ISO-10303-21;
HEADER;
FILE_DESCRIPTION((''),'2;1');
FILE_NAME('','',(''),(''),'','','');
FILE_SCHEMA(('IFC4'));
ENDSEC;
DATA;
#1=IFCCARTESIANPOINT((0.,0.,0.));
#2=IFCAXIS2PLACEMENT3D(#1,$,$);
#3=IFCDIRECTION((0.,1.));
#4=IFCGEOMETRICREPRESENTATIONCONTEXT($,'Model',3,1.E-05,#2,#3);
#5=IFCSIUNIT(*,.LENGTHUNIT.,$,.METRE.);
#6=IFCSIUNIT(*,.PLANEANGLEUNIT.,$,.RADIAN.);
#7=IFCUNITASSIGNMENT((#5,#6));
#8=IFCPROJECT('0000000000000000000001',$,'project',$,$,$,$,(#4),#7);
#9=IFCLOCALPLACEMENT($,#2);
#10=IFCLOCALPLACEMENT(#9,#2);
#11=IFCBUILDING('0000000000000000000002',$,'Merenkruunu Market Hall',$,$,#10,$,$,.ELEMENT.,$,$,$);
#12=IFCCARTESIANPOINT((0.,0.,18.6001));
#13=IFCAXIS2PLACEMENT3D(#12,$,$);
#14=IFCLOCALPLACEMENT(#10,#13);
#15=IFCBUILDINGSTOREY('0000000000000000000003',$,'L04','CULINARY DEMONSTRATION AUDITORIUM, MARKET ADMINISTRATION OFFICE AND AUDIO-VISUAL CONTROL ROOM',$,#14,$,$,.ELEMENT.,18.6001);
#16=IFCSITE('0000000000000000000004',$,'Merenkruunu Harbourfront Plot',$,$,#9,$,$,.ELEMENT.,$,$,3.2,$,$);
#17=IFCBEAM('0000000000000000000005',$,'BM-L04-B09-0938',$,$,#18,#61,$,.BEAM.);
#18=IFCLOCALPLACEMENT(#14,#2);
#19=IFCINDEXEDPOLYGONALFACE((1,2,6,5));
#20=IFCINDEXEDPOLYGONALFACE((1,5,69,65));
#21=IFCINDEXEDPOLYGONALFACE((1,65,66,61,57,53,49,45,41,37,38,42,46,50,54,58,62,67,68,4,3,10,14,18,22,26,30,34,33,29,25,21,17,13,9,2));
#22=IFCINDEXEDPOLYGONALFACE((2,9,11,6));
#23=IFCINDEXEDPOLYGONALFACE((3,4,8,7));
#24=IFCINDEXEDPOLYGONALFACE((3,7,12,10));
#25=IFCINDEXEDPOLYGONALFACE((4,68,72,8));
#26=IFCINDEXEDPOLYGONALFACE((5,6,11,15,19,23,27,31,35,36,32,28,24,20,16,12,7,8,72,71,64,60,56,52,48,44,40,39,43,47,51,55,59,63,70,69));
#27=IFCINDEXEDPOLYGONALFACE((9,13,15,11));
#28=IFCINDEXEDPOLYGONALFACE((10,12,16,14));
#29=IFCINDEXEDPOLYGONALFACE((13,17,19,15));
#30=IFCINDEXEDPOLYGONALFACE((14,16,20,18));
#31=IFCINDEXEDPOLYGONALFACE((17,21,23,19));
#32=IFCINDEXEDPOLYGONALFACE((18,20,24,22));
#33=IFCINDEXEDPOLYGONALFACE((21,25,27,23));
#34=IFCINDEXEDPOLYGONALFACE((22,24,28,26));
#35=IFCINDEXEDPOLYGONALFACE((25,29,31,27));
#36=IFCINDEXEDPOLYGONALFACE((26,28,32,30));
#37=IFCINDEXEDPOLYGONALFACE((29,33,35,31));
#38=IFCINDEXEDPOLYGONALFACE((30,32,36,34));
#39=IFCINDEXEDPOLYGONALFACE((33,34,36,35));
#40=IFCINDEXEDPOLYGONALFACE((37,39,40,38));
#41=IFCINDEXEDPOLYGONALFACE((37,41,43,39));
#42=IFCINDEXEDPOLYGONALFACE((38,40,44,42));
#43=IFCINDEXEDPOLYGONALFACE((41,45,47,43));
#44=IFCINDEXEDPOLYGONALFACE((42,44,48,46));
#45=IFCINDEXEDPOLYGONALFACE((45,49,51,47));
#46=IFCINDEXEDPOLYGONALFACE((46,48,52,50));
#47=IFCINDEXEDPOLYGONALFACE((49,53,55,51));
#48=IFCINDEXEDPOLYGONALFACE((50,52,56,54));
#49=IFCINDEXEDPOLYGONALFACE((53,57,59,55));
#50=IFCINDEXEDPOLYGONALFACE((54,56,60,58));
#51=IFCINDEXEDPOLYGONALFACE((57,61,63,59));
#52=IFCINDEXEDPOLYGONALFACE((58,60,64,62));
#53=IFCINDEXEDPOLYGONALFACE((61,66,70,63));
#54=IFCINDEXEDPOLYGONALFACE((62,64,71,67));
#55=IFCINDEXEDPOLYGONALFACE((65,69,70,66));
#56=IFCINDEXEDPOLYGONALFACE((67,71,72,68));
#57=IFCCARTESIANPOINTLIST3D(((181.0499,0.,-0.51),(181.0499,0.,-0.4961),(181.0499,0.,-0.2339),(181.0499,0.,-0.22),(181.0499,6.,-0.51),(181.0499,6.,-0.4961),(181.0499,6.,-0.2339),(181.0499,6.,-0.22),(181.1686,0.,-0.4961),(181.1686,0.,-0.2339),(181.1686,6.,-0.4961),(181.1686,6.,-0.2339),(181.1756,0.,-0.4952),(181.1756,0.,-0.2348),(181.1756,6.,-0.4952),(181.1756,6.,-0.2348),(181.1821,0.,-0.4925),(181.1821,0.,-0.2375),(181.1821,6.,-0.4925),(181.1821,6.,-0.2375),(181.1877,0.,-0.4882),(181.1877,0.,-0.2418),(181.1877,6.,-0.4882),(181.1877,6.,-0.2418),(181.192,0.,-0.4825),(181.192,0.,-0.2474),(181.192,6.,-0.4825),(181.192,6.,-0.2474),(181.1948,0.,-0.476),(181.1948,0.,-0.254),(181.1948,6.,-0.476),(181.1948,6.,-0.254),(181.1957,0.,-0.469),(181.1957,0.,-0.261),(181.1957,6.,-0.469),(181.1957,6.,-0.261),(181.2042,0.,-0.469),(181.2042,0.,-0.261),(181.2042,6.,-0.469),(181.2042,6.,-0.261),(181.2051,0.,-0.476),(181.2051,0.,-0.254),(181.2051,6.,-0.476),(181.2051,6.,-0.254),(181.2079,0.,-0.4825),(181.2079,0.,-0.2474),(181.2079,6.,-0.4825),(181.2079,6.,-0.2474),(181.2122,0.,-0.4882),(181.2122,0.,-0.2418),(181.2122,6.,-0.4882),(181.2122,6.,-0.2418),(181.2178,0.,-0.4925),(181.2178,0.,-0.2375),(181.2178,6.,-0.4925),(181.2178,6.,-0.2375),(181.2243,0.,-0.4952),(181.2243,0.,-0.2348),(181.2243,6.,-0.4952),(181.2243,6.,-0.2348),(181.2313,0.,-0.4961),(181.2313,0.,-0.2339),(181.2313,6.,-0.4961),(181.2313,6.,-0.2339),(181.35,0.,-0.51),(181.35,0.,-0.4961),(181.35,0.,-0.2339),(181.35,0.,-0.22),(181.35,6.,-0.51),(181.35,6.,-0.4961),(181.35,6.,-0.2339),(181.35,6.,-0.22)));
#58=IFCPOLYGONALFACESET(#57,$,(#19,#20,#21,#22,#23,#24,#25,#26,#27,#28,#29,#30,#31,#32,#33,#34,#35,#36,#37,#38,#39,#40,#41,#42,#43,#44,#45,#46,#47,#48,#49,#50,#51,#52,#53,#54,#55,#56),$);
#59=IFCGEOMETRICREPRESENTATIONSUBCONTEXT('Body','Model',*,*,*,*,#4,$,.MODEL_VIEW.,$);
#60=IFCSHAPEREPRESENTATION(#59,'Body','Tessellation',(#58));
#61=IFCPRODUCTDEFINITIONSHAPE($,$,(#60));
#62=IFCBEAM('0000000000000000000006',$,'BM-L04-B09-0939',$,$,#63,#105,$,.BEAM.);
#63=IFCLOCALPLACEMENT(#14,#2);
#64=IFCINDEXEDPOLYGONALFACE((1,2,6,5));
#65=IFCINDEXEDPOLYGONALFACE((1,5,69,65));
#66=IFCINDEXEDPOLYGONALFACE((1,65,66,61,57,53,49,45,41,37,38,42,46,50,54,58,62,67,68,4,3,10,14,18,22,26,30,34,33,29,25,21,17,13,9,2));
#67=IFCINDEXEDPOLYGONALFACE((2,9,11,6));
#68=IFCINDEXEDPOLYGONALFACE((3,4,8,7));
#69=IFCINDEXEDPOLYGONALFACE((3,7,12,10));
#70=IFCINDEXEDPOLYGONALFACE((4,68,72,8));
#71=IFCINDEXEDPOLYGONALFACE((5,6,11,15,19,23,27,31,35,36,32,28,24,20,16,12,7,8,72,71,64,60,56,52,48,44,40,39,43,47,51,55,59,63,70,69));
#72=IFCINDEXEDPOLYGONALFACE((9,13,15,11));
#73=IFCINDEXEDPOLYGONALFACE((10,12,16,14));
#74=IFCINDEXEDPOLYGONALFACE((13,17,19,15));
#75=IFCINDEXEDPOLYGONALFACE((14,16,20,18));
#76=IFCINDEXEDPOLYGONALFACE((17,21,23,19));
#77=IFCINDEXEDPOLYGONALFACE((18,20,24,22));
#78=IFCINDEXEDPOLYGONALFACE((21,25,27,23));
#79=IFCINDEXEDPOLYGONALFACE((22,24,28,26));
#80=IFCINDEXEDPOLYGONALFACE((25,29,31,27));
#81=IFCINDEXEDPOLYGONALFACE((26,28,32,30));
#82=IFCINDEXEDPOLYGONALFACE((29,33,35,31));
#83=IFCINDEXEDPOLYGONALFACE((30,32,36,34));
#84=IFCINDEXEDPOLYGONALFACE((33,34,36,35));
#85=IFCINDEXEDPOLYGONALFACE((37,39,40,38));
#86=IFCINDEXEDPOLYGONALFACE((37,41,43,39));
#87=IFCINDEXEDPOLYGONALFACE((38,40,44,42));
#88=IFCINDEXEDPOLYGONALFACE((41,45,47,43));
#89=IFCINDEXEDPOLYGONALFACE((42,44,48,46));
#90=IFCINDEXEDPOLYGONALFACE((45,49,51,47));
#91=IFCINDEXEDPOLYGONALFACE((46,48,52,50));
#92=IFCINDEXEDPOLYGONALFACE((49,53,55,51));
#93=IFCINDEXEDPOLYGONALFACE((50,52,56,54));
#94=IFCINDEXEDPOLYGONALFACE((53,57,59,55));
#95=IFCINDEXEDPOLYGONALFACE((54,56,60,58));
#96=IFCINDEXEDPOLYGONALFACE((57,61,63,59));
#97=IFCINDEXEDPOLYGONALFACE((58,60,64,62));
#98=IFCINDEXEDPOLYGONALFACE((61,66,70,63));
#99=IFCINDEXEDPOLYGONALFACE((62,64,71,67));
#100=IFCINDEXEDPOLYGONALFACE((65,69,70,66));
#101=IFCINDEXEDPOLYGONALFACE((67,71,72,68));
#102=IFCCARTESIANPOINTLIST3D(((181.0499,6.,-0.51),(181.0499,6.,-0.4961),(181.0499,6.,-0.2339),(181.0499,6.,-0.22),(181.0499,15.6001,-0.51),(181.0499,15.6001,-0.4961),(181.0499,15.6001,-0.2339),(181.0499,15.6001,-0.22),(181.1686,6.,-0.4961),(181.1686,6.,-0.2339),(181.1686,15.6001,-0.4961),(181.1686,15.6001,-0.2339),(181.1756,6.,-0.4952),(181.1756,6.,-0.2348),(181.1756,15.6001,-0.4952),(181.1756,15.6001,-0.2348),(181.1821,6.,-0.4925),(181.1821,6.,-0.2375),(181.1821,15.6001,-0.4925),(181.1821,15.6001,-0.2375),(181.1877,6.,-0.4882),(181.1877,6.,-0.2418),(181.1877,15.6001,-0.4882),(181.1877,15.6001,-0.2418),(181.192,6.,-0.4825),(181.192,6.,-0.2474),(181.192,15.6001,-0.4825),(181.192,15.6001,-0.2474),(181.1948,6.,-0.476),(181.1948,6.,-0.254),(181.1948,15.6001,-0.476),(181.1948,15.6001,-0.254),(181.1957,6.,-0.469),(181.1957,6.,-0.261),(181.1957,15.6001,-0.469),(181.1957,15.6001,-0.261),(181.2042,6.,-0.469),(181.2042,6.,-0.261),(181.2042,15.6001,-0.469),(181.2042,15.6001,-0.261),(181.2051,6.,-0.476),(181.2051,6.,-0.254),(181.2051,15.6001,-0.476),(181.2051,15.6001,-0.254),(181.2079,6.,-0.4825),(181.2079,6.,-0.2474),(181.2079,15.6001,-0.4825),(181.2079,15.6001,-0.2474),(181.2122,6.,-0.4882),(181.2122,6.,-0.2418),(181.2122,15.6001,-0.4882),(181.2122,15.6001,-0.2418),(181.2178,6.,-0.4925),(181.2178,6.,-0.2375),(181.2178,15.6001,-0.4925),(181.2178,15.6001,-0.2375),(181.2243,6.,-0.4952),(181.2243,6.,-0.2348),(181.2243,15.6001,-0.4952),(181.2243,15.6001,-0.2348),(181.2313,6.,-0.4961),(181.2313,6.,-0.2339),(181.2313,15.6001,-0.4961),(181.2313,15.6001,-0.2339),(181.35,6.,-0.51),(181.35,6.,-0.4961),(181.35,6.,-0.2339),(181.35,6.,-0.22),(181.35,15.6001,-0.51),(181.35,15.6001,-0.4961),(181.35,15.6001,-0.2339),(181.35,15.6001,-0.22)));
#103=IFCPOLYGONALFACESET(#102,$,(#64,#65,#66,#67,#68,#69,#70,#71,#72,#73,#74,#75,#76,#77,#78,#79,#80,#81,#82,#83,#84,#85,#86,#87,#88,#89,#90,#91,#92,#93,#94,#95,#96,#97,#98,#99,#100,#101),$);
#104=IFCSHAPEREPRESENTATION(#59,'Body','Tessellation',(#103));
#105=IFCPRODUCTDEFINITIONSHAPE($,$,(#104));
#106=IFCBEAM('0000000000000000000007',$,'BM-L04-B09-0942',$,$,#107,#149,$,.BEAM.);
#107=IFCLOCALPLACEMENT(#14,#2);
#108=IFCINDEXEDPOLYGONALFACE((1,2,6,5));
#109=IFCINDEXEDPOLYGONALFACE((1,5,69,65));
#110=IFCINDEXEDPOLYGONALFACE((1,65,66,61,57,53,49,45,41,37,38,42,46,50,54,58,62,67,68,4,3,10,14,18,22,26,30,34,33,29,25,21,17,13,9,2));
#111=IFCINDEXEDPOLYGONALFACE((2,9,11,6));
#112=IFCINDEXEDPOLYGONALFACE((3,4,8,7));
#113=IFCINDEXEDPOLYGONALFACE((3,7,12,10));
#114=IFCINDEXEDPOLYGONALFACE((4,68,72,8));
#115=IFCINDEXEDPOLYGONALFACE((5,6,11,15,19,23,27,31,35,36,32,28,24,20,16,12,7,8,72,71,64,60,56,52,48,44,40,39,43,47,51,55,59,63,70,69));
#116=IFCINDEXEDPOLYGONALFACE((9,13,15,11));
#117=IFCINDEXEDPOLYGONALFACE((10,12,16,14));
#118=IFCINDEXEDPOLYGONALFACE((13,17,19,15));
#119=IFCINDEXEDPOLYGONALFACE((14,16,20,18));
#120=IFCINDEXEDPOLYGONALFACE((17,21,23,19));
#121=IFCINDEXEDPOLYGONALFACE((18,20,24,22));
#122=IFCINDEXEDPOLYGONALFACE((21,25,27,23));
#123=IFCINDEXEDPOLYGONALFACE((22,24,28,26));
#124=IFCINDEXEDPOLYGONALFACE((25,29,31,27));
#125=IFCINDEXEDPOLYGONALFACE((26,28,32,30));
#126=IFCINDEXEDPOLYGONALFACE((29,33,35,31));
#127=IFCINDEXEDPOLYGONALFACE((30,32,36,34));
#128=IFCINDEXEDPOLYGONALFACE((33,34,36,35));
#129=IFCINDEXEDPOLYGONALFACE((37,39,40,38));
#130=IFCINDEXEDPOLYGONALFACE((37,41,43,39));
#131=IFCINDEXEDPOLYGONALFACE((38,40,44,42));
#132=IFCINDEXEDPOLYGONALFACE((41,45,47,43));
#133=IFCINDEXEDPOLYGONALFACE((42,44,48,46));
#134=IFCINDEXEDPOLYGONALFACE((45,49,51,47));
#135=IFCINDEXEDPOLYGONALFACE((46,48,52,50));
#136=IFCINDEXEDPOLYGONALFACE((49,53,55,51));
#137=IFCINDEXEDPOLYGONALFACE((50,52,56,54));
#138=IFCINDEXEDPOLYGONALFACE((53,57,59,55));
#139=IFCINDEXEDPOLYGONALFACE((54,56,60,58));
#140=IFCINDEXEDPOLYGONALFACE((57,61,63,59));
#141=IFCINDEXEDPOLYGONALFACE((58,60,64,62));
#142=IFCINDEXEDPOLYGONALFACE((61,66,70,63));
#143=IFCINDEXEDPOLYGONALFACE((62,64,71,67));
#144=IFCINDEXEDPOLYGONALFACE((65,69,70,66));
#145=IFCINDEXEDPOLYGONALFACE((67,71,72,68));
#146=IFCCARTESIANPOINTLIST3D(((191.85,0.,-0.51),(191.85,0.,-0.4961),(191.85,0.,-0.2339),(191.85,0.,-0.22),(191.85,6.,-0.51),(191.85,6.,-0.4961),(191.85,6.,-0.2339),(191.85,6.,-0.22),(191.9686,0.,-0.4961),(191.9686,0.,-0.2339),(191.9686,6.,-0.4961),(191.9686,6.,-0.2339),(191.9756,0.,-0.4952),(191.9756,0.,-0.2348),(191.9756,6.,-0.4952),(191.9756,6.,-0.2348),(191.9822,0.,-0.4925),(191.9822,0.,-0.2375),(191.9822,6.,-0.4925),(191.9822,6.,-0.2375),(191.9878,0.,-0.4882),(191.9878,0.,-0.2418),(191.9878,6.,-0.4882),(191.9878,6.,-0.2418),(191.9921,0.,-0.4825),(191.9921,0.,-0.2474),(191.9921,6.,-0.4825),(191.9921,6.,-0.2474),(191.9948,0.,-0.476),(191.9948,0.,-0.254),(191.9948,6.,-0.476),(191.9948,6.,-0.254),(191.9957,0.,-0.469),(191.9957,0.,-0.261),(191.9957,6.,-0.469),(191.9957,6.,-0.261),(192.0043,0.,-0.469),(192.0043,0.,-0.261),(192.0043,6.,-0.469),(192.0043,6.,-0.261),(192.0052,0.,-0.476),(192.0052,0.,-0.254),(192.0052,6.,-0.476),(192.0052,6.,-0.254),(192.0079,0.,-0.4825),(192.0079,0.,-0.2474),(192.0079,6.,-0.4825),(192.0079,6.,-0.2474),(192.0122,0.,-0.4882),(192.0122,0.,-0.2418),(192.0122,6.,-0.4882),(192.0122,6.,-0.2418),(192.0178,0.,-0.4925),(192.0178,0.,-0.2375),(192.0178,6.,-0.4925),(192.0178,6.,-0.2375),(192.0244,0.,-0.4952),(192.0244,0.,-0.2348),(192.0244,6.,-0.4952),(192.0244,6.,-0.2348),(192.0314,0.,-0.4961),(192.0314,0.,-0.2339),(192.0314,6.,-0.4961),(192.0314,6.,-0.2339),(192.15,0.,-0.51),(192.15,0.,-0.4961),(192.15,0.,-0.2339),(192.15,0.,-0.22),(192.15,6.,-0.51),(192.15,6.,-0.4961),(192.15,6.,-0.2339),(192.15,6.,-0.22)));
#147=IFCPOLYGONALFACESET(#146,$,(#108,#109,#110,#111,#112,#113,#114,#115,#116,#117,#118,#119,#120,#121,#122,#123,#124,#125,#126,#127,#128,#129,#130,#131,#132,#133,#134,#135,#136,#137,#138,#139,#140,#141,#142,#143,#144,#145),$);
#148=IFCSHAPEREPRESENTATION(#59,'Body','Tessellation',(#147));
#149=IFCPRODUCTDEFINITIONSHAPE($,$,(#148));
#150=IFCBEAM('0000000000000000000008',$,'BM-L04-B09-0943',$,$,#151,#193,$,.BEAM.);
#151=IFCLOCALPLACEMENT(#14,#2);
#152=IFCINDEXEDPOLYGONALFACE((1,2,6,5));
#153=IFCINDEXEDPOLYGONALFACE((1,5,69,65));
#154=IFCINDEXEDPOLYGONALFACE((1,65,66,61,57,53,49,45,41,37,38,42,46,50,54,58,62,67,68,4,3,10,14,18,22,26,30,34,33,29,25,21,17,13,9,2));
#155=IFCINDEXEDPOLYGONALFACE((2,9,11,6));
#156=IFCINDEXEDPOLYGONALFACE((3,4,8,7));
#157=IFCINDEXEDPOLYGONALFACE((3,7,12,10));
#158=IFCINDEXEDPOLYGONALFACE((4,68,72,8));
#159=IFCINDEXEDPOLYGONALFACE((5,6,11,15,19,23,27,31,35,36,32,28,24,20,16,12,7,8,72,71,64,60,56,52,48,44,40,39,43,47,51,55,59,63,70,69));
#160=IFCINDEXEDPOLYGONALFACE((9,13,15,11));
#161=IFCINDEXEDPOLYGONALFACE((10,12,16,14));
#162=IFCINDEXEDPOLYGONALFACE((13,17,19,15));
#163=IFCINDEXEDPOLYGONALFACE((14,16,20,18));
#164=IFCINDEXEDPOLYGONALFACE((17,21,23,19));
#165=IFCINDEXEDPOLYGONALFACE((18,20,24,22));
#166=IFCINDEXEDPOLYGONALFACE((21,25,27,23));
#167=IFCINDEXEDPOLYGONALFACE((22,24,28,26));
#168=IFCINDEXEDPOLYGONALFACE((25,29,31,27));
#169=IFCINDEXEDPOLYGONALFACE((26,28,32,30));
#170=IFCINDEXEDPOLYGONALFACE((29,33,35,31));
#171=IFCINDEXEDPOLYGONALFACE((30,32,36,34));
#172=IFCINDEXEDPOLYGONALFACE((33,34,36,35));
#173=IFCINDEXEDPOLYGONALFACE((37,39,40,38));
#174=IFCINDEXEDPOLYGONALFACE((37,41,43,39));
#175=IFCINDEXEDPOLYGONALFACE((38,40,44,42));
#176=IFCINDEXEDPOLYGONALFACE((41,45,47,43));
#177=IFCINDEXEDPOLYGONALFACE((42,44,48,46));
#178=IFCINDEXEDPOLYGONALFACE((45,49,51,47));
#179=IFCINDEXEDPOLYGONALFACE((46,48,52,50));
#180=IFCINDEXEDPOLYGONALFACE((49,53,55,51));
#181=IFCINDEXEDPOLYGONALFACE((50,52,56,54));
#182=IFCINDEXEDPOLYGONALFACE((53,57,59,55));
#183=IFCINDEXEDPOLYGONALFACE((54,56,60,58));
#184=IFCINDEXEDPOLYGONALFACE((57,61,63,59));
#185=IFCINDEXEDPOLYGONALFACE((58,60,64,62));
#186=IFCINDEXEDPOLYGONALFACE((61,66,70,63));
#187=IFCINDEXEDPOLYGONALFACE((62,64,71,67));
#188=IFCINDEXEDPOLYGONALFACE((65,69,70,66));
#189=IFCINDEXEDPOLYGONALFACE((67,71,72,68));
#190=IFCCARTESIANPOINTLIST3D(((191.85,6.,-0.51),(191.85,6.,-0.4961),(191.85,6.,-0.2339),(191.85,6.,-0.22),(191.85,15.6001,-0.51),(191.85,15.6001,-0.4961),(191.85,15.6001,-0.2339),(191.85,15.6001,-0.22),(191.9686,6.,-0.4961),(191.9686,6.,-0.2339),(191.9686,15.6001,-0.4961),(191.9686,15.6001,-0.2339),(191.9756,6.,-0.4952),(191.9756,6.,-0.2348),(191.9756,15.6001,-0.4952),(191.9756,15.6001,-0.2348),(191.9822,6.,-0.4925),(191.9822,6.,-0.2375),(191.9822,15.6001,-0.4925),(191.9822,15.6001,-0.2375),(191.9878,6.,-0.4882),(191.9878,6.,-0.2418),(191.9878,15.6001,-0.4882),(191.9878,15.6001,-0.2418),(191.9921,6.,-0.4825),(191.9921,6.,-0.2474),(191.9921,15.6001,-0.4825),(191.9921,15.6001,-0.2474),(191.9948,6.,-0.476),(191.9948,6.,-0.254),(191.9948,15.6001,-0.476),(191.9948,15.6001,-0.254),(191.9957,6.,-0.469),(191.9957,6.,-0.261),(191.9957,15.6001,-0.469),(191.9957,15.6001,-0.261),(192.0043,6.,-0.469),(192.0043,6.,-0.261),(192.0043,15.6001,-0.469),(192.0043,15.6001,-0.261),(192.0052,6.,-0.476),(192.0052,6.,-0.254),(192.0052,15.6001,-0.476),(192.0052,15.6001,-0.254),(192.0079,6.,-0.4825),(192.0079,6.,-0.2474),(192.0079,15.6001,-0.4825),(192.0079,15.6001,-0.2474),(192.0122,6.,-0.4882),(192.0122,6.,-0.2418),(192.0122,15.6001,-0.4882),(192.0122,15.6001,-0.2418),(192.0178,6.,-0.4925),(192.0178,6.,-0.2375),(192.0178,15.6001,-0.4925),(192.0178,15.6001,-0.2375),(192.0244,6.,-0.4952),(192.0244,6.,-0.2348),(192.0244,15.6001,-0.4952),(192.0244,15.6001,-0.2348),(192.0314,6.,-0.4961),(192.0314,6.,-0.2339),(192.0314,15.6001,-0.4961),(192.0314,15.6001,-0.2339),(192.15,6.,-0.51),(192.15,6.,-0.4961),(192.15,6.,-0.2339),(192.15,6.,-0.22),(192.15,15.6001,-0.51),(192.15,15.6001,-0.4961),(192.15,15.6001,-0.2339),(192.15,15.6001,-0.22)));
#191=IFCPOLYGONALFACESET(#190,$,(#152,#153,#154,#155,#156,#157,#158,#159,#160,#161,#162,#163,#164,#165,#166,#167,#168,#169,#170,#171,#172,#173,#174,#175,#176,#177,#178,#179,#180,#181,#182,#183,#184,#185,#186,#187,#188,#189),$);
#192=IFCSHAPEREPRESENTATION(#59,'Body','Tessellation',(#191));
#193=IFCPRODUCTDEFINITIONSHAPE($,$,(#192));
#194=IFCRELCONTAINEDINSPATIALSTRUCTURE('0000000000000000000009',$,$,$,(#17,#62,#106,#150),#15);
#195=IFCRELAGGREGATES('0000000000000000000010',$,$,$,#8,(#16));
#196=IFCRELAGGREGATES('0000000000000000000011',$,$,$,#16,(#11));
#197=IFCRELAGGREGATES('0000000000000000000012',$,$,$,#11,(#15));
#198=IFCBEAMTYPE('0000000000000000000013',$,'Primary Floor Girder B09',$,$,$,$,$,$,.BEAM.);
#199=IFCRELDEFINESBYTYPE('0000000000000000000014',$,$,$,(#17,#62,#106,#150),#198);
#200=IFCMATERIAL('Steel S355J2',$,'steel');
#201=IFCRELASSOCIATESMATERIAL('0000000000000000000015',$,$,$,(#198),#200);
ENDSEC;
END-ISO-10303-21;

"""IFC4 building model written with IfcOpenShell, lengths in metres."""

from ifc_helpers import new_model, si_unit, direction, frame, origin, origin_2d, place, context, subcontext, project, spatial, i_section, extrude, material, material_profile, profile_set, type_object, element, save


model = new_model("IFC4")

# Units and contexts
model_context = context("Model", 3, precision=1e-05, world=origin(), true_north=direction((0.0, 1.0)))
body_context = subcontext(model_context, "Body", "Model", "MODEL_VIEW")
ifc_project = project(units=[si_unit("LENGTHUNIT", "METRE"), si_unit("PLANEANGLEUNIT", "RADIAN")], contexts=[model_context])

# Site, building, storey
site_placement = place(None, origin())
site = spatial("IfcSite", under=ifc_project, at=site_placement, Name="Merenkruunu Harbourfront Plot", CompositionType="ELEMENT", RefElevation=3.2)
building_placement = place(site_placement, origin())
building = spatial("IfcBuilding", under=site, at=building_placement, Name="Merenkruunu Market Hall", CompositionType="ELEMENT")
storey_placement = place(building_placement, frame((0.0, 0.0, 18.6001)))
storey = spatial("IfcBuildingStorey", under=building, at=storey_placement, Name="L04", Description="CULINARY DEMONSTRATION AUDITORIUM, MARKET ADMINISTRATION OFFICE AND AUDIO-VISUAL CONTROL ROOM", CompositionType="ELEMENT", Elevation=18.6001)

# Shared definitions
ifc_material_1 = material(Name="Steel S355J2", Category="steel")

# Beams
ifc_material_profile_1 = material_profile(ifc_material_1, i_section(OverallWidth=0.3, OverallDepth=0.29, WebThickness=0.0085, FlangeThickness=0.0139, FilletRadius=0.0271, at=origin_2d()), Name="HEA 300")
ifc_profile_set_1 = profile_set([ifc_material_profile_1], Name="Steel S355J2")
beam_type_1 = type_object("IfcBeamType", Name="Primary Floor Girder B09", PredefinedType="BEAM", material=ifc_profile_set_1)
beam_1_placement = place(storey_placement, frame((181.2, 0.0, -0.365), z_axis=(0.0, 1.0, 0.0), x_axis=(-1.0, 0.0, 0.0)))
element("IfcBeam", 1, at=beam_1_placement, inside=storey, type_object=beam_type_1, Name="BM-L04-B09-0938", PredefinedType="BEAM", context=body_context, shape_type="SweptSolid", body=[
    extrude(i_section(OverallWidth=0.3, OverallDepth=0.29, WebThickness=0.0085, FlangeThickness=0.0139, FilletRadius=0.0271, at=origin_2d()), origin(), (0.0, 0.0, 1.0), 6.0),
])
beam_2_placement = place(storey_placement, frame((181.2, 6.0, -0.365), z_axis=(0.0, 1.0, 0.0), x_axis=(-1.0, 0.0, 0.0)))
element("IfcBeam", 2, at=beam_2_placement, inside=storey, type_object=beam_type_1, Name="BM-L04-B09-0939", PredefinedType="BEAM", context=body_context, shape_type="SweptSolid", body=[
    extrude(i_section(OverallWidth=0.3, OverallDepth=0.29, WebThickness=0.0085, FlangeThickness=0.0139, FilletRadius=0.0271, at=origin_2d()), origin(), (0.0, 0.0, 1.0), 9.6001),
])
beam_3_placement = place(storey_placement, frame((192.0, 0.0, -0.365), z_axis=(0.0, 1.0, 0.0), x_axis=(-1.0, 0.0, 0.0)))
element("IfcBeam", 3, at=beam_3_placement, inside=storey, type_object=beam_type_1, Name="BM-L04-B09-0942", PredefinedType="BEAM", context=body_context, shape_type="SweptSolid", body=[
    extrude(i_section(OverallWidth=0.3, OverallDepth=0.29, WebThickness=0.0085, FlangeThickness=0.0139, FilletRadius=0.0271, at=origin_2d()), origin(), (0.0, 0.0, 1.0), 6.0),
])
beam_4_placement = place(storey_placement, frame((192.0, 6.0, -0.365), z_axis=(0.0, 1.0, 0.0), x_axis=(-1.0, 0.0, 0.0)))
element("IfcBeam", 4, at=beam_4_placement, inside=storey, type_object=beam_type_1, Name="BM-L04-B09-0943", PredefinedType="BEAM", context=body_context, shape_type="SweptSolid", body=[
    extrude(i_section(OverallWidth=0.3, OverallDepth=0.29, WebThickness=0.0085, FlangeThickness=0.0139, FilletRadius=0.0271, at=origin_2d()), origin(), (0.0, 0.0, 1.0), 9.6001),
])

save(model, "model.ifc")
